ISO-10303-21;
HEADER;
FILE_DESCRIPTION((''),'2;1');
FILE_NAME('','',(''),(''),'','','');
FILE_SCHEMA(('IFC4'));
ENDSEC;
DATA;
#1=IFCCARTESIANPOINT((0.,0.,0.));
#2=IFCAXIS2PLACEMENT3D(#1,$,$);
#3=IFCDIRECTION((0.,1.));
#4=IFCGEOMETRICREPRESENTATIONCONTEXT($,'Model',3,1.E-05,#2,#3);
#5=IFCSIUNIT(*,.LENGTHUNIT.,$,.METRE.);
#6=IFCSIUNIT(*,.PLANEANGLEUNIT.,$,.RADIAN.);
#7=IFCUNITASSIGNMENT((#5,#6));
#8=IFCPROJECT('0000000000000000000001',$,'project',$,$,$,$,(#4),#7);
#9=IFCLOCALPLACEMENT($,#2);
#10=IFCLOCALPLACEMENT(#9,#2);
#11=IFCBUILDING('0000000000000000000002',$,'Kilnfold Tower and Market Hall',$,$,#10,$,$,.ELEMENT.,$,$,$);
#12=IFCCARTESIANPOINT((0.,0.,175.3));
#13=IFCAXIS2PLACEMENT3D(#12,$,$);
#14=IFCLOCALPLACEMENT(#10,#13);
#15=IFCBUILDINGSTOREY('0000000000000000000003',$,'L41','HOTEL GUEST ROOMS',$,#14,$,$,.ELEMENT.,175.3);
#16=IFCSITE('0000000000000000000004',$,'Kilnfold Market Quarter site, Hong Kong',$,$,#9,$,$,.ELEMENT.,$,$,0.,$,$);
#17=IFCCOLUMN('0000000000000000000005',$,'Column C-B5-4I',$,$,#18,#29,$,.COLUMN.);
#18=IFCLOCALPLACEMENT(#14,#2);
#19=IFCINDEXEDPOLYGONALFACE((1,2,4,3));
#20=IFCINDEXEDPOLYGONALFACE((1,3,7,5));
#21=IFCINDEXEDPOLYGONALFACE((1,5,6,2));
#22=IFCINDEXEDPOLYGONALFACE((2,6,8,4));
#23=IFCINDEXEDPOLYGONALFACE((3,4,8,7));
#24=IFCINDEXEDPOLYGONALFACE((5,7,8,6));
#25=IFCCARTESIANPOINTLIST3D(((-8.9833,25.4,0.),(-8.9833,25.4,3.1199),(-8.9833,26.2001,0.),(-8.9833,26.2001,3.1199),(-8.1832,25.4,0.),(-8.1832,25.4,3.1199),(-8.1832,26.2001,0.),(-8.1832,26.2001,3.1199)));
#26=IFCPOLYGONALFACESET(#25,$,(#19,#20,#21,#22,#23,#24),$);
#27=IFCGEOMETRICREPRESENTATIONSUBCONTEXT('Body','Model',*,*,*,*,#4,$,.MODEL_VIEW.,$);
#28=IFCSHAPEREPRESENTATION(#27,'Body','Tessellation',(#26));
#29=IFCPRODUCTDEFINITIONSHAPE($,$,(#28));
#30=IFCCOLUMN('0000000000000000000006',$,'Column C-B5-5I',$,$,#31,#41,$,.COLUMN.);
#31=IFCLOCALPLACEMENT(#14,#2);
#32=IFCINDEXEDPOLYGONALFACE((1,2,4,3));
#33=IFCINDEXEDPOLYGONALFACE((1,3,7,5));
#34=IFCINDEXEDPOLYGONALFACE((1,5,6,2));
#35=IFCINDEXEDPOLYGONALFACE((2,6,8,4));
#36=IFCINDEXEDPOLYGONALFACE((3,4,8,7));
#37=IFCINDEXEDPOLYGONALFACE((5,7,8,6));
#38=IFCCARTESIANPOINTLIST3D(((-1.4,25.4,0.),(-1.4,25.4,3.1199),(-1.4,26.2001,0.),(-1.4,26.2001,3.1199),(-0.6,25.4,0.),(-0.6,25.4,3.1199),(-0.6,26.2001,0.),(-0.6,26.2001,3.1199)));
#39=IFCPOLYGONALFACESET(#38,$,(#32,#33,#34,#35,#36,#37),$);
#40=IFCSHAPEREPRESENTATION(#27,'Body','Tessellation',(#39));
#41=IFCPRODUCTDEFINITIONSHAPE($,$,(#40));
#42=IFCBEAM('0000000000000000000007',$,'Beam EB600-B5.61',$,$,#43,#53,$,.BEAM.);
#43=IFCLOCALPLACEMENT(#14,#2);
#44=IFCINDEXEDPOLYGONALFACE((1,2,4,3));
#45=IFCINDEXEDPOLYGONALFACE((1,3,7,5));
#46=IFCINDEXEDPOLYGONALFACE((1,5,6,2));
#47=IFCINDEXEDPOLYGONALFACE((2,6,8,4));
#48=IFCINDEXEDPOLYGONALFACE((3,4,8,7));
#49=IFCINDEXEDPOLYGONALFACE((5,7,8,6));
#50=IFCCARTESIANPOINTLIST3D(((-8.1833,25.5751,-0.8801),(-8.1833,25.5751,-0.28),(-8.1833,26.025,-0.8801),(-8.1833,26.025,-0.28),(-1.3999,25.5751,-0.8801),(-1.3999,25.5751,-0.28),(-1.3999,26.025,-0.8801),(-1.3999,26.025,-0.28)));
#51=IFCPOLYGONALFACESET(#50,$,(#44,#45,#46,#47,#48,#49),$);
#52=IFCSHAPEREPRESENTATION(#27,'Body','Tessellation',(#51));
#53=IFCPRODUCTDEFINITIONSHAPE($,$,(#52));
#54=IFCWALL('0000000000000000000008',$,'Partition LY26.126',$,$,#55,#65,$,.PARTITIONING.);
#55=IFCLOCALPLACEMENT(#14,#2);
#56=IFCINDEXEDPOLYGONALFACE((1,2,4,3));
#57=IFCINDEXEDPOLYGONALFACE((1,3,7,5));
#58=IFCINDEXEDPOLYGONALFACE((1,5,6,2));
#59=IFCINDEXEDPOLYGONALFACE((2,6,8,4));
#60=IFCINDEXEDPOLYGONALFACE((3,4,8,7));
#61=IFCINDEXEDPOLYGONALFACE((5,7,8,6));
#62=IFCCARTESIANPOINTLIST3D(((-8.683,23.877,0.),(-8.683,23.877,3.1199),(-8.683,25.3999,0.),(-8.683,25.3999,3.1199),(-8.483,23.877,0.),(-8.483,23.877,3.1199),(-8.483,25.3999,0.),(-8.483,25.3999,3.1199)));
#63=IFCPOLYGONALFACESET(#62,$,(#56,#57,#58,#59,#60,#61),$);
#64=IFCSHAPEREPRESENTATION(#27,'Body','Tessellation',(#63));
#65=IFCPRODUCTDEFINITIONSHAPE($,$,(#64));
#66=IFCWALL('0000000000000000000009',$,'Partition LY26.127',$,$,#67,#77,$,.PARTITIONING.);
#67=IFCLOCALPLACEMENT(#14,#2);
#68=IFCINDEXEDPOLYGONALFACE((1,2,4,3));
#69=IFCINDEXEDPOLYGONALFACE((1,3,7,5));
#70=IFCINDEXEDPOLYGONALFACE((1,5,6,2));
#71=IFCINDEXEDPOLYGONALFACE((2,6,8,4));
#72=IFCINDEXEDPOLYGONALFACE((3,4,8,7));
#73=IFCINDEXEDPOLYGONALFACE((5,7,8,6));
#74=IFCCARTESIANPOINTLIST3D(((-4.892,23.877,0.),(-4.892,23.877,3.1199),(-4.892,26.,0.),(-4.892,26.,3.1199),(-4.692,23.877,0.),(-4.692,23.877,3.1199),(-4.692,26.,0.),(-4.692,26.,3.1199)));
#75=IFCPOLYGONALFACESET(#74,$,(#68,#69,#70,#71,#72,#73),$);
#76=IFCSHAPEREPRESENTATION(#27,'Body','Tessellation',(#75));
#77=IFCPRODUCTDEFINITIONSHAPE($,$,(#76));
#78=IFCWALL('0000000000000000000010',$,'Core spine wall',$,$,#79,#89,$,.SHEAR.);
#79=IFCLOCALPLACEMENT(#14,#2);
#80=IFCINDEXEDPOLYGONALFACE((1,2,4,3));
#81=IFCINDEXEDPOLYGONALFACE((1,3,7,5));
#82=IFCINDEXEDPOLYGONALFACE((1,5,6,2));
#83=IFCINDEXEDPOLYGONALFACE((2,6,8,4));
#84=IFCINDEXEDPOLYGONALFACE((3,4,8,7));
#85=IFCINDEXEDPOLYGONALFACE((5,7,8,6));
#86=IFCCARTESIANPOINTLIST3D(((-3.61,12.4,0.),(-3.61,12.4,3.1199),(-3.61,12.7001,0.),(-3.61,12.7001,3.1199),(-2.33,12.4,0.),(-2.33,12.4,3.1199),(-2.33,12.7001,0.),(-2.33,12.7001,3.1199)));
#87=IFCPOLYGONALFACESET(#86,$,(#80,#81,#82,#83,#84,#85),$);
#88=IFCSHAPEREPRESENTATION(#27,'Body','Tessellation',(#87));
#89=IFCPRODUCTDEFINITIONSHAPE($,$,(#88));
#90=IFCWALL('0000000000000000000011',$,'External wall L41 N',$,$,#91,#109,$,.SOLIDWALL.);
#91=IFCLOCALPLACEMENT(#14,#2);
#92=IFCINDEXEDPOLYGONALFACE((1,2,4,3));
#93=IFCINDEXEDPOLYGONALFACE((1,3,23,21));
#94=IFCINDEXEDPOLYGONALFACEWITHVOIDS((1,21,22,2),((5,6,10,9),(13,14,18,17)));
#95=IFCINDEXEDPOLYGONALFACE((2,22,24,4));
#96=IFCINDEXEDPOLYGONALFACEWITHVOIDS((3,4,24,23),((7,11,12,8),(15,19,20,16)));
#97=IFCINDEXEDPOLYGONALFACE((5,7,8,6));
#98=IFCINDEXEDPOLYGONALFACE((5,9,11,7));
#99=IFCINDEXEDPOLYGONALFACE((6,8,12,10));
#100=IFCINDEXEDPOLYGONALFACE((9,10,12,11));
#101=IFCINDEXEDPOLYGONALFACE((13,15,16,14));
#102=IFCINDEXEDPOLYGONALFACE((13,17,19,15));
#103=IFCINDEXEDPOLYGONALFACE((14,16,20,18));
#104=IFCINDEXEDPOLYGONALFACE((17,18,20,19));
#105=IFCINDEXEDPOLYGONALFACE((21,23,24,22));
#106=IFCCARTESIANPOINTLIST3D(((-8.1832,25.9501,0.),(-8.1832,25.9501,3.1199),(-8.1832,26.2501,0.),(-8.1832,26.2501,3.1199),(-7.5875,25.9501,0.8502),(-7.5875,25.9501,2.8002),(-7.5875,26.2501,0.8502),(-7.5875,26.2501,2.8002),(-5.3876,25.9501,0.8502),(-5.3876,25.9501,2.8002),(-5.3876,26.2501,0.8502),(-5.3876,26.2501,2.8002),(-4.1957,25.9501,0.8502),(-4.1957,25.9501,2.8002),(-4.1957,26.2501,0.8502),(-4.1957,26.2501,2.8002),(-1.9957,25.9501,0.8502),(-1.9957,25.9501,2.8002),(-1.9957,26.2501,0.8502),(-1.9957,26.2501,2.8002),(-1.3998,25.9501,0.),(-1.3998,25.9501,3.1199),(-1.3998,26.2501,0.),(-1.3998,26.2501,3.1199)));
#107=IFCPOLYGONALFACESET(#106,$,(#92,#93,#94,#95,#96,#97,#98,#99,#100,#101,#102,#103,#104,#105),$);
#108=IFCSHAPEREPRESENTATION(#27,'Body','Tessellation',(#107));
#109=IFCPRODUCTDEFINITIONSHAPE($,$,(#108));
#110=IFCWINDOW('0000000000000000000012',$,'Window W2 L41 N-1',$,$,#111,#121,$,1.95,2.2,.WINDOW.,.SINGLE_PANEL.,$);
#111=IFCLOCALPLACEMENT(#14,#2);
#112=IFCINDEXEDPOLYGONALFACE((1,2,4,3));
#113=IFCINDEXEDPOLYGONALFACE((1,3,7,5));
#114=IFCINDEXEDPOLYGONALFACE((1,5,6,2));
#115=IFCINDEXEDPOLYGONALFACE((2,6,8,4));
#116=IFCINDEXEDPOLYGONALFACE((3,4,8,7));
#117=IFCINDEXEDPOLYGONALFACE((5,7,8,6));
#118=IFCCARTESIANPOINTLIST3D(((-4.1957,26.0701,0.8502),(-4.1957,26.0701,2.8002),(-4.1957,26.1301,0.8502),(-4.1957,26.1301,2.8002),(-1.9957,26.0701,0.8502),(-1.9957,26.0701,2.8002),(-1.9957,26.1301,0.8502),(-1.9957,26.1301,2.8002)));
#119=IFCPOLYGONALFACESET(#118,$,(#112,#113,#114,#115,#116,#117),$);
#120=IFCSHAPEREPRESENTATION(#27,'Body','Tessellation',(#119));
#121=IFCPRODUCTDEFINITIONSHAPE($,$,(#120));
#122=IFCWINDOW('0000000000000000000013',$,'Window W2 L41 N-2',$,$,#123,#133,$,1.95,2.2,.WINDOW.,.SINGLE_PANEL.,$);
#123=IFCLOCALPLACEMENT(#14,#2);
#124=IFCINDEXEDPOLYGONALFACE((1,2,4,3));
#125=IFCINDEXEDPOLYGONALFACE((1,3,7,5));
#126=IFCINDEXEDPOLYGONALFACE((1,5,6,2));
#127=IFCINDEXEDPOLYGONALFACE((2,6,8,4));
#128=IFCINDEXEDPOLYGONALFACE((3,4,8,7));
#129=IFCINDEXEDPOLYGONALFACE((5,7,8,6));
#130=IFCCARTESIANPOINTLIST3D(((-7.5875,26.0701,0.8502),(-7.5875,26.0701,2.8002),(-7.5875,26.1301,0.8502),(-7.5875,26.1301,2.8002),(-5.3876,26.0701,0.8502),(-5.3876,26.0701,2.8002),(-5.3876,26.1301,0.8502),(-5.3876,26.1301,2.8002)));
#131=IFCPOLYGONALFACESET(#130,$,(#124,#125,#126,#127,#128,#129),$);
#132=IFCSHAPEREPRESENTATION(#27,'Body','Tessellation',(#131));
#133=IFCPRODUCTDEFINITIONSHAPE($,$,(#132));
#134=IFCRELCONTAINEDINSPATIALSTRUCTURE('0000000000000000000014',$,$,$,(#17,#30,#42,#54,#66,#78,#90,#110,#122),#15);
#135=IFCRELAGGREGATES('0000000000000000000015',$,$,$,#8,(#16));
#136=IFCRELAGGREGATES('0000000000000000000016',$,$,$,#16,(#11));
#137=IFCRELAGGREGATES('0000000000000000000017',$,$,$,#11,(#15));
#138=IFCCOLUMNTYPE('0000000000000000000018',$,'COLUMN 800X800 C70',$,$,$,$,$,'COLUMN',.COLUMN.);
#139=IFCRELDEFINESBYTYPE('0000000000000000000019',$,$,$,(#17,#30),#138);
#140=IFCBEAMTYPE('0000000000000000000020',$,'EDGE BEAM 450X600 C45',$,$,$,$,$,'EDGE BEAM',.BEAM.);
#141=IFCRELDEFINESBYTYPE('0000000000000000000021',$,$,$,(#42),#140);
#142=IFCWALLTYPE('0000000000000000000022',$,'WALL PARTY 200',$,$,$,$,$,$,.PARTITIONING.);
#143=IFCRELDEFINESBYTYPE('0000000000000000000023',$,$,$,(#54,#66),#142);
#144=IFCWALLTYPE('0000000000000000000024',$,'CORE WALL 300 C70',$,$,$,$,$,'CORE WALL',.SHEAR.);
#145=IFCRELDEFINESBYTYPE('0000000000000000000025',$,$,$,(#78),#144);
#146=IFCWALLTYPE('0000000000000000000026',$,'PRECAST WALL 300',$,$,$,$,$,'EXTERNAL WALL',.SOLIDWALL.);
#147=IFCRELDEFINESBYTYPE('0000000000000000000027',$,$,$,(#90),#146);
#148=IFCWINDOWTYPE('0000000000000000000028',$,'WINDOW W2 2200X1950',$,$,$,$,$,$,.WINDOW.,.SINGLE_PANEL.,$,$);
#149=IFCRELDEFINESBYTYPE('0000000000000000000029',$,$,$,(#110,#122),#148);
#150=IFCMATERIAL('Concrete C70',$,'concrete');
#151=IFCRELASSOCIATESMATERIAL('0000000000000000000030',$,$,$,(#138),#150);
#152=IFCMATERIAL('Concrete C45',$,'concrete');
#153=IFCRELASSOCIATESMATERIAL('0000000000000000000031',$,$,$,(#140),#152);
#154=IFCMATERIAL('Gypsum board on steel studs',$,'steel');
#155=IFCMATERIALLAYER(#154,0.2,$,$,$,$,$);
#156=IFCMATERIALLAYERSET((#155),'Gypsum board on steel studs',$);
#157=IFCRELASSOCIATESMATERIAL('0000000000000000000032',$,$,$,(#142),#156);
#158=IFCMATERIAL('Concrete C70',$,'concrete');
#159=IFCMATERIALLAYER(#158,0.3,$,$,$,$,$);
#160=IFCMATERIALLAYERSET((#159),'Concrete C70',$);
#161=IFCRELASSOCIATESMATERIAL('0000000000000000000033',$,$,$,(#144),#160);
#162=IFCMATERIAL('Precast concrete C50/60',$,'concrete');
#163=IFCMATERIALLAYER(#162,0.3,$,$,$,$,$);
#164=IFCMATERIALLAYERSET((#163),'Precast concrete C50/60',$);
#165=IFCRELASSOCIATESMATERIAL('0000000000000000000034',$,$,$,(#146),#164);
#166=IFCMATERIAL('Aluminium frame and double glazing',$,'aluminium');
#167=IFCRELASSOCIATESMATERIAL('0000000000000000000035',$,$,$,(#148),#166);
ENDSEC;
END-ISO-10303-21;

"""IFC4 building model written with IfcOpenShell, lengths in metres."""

from ifc_helpers import new_model, si_unit, direction, frame, frame_2d, origin, origin_2d, place, context, subcontext, project, spatial, rectangle, extrude, source, transform, mapped, material, layer, layer_set, material_profile, profile_set, type_object, element, fill, save


model = new_model("IFC4")

# Units and contexts
model_context = context("Model", 3, precision=1e-05, world=origin(), true_north=direction((0.0, 1.0)))
body_context = subcontext(model_context, "Body", "Model", "MODEL_VIEW")
ifc_project = project(units=[si_unit("LENGTHUNIT", "METRE"), si_unit("PLANEANGLEUNIT", "RADIAN")], contexts=[model_context])

# Site, building, storey
site_placement = place(None, origin())
site = spatial("IfcSite", under=ifc_project, at=site_placement, Name="Kilnfold Market Quarter site, Hong Kong", CompositionType="ELEMENT", RefElevation=0.0)
building_placement = place(site_placement, origin())
building = spatial("IfcBuilding", under=site, at=building_placement, Name="Kilnfold Tower and Market Hall", CompositionType="ELEMENT")
storey_placement = place(building_placement, frame((0.0, 0.0, 175.3)))
storey = spatial("IfcBuildingStorey", under=building, at=storey_placement, Name="L41", Description="HOTEL GUEST ROOMS", CompositionType="ELEMENT", Elevation=175.3)

# Columns
ifc_material_1 = material(Name="Concrete C70", Category="concrete")
ifc_material_profile_1 = material_profile(ifc_material_1, rectangle(XDim=0.8, YDim=0.8, at=origin_2d()), Name="RC 800x800")
ifc_profile_set_1 = profile_set([ifc_material_profile_1], Name="Concrete C70")
column_type = type_object("IfcColumnType", Name="COLUMN 800X800 C70", ElementType="COLUMN", PredefinedType="COLUMN", material=ifc_profile_set_1)
shared_shape_1 = source(origin(), body_context, "Body", "SweptSolid", [
    extrude(rectangle(XDim=0.8, YDim=0.8, at=origin_2d()), origin(), (0.0, 0.0, 1.0), 3.1199),
])
for number, where, z_axis, x_axis, name in (
    (1, (-8.5833, 25.8, 0.0), (0.0, 0.0, 1.0), (1.0, 0.0, 0.0), "Column C-B5-4I"),
    (2, (-1.0, 25.8, 0.0), (0.0, 0.0, 1.0), (1.0, 0.0, 0.0), "Column C-B5-5I"),
):
    element("IfcColumn", number, at=place(storey_placement, frame(where, z_axis=z_axis, x_axis=x_axis)), inside=storey, type_object=column_type, Name=name, PredefinedType="COLUMN", context=body_context, shape_type="MappedRepresentation", body=[
        mapped(shared_shape_1, transform((0.0, 0.0, 0.0))),
    ])

# Beam
ifc_material_2 = material(Name="Concrete C45", Category="concrete")
ifc_material_profile_2 = material_profile(ifc_material_2, rectangle(XDim=0.45, YDim=0.6001, at=origin_2d()), Name="RC 450x600")
ifc_profile_set_2 = profile_set([ifc_material_profile_2], Name="Concrete C45")
beam_type = type_object("IfcBeamType", Name="EDGE BEAM 450X600 C45", ElementType="EDGE BEAM", PredefinedType="BEAM", material=ifc_profile_set_2)
shared_shape_2 = source(origin(), body_context, "Body", "SweptSolid", [
    extrude(rectangle(XDim=0.45, YDim=0.6001, at=origin_2d()), origin(), (0.0, 0.0, 1.0), 6.7834),
])
beam_placement = place(storey_placement, frame((-8.1833, 25.8, -0.5801), z_axis=(1.0, 0.0, 0.0), x_axis=(0.0, 1.0, 0.0)))
element("IfcBeam", 3, at=beam_placement, inside=storey, type_object=beam_type, Name="Beam EB600-B5.61", PredefinedType="BEAM", context=body_context, shape_type="MappedRepresentation", body=[
    mapped(shared_shape_2, transform((0.0, 0.0, 0.0))),
])

# Walls
ifc_material_3 = material(Name="Gypsum board on steel studs", Category="steel")
ifc_layer_1 = layer(ifc_material_3, 0.2)
ifc_layer_set_1 = layer_set([ifc_layer_1], Name="Gypsum board on steel studs")
wall_type_1 = type_object("IfcWallType", Name="WALL PARTY 200", PredefinedType="PARTITIONING", material=ifc_layer_set_1)
wall_1_placement = place(storey_placement, frame((-8.583, 23.877, 0.0), z_axis=(0.0, 0.0, 1.0), x_axis=(0.0, 1.0, 0.0)))
element("IfcWall", 4, at=wall_1_placement, inside=storey, type_object=wall_type_1, Name="Partition LY26.126", PredefinedType="PARTITIONING", context=body_context, shape_type="SweptSolid", body=[
    extrude(rectangle(XDim=1.5229, YDim=0.2, at=frame_2d((0.7615, 0.0))), origin(), (0.0, 0.0, 1.0), 3.1199),
])
wall_2_placement = place(storey_placement, frame((-4.792, 23.877, 0.0), z_axis=(0.0, 0.0, 1.0), x_axis=(0.0, 1.0, 0.0)))
element("IfcWall", 5, at=wall_2_placement, inside=storey, type_object=wall_type_1, Name="Partition LY26.127", PredefinedType="PARTITIONING", context=body_context, shape_type="SweptSolid", body=[
    extrude(rectangle(XDim=2.123, YDim=0.2, at=frame_2d((1.0615, 0.0))), origin(), (0.0, 0.0, 1.0), 3.1199),
])
ifc_material_4 = material(Name="Concrete C70", Category="concrete")
ifc_layer_2 = layer(ifc_material_4, 0.3)
ifc_layer_set_2 = layer_set([ifc_layer_2], Name="Concrete C70")
wall_type_2 = type_object("IfcWallType", Name="CORE WALL 300 C70", ElementType="CORE WALL", PredefinedType="SHEAR", material=ifc_layer_set_2)
shared_shape_3 = source(origin(), body_context, "Body", "SweptSolid", [
    extrude(rectangle(XDim=1.28, YDim=0.3, at=frame_2d((0.6401, 0.0))), origin(), (0.0, 0.0, 1.0), 3.1199),
])
wall_3_placement = place(storey_placement, frame((-3.6101, 12.55, 0.0), z_axis=(0.0, 0.0, 1.0), x_axis=(1.0, 0.0, 0.0)))
element("IfcWall", 6, at=wall_3_placement, inside=storey, type_object=wall_type_2, Name="Core spine wall", PredefinedType="SHEAR", context=body_context, shape_type="MappedRepresentation", body=[
    mapped(shared_shape_3, transform((0.0, 0.0, 0.0))),
])

# Wall, openings, windows
ifc_material_5 = material(Name="Precast concrete C50/60", Category="concrete")
ifc_layer_3 = layer(ifc_material_5, 0.3)
ifc_layer_set_3 = layer_set([ifc_layer_3], Name="Precast concrete C50/60")
wall_type_3 = type_object("IfcWallType", Name="PRECAST WALL 300", ElementType="EXTERNAL WALL", PredefinedType="SOLIDWALL", material=ifc_layer_set_3)
shared_shape_4 = source(origin(), body_context, "Body", "SweptSolid", [
    extrude(rectangle(XDim=6.7834, YDim=0.3, at=frame_2d((3.3916, 0.0))), origin(), (0.0, 0.0, 1.0), 3.1199),
])
wall_4_placement = place(storey_placement, frame((-1.3999, 26.1001, 0.0), z_axis=(0.0, 0.0, 1.0), x_axis=(-1.0, 0.0, 0.0)))
wall_4 = element("IfcWall", 7, at=wall_4_placement, inside=storey, type_object=wall_type_3, Name="External wall L41 N", PredefinedType="SOLIDWALL", context=body_context, shape_type="MappedRepresentation", body=[
    mapped(shared_shape_4, transform((0.0, 0.0, 0.0))),
])
opening_1_placement = place(wall_4_placement, frame((0.5957, 0.0, 0.8501)))
opening_1 = element("IfcOpeningElement", 8, at=opening_1_placement, cuts=wall_4, PredefinedType="OPENING", context=body_context, shape_type="SweptSolid", body=[
    extrude(rectangle(XDim=2.2, YDim=1.95, at=frame_2d((1.1001, 0.9751))), frame((0.0, 0.1602, 0.0), z_axis=(0.0, -1.0, 0.0), x_axis=(1.0, 0.0, 0.0)), (0.0, 0.0, 1.0), 0.3201),
])
opening_2_placement = place(wall_4_placement, frame((3.9875, 0.0, 0.8501)))
opening_2 = element("IfcOpeningElement", 9, at=opening_2_placement, cuts=wall_4, PredefinedType="OPENING", context=body_context, shape_type="SweptSolid", body=[
    extrude(rectangle(XDim=2.2, YDim=1.95, at=frame_2d((1.1001, 0.9751))), frame((0.0, 0.1602, 0.0), z_axis=(0.0, -1.0, 0.0), x_axis=(1.0, 0.0, 0.0)), (0.0, 0.0, 1.0), 0.3201),
])
ifc_material_6 = material(Name="Aluminium frame and double glazing", Category="aluminium")
window_type = type_object("IfcWindowType", Name="WINDOW W2 2200X1950", PartitioningType="SINGLE_PANEL", PredefinedType="WINDOW", material=ifc_material_6)
window_1_placement = place(opening_1_placement, origin())
window_1 = element("IfcWindow", 10, at=window_1_placement, inside=storey, type_object=window_type, Name="Window W2 L41 N-1", OverallHeight=1.95, OverallWidth=2.2, PartitioningType="SINGLE_PANEL", PredefinedType="WINDOW", context=body_context, shape_type="SweptSolid", body=[
    extrude(rectangle(XDim=2.2, YDim=1.95, at=frame_2d((1.1001, 0.9751))), frame((0.0, 0.03, 0.0), z_axis=(0.0, -1.0, 0.0), x_axis=(1.0, 0.0, 0.0)), (0.0, 0.0, 1.0), 0.0601),
])
fill(opening_1, window_1)
window_2_placement = place(opening_2_placement, origin())
window_2 = element("IfcWindow", 11, at=window_2_placement, inside=storey, type_object=window_type, Name="Window W2 L41 N-2", OverallHeight=1.95, OverallWidth=2.2, PartitioningType="SINGLE_PANEL", PredefinedType="WINDOW", context=body_context, shape_type="SweptSolid", body=[
    extrude(rectangle(XDim=2.2, YDim=1.95, at=frame_2d((1.1001, 0.9751))), frame((0.0, 0.03, 0.0), z_axis=(0.0, -1.0, 0.0), x_axis=(1.0, 0.0, 0.0)), (0.0, 0.0, 1.0), 0.0601),
])
fill(opening_2, window_2)

save(model, "model.ifc")
